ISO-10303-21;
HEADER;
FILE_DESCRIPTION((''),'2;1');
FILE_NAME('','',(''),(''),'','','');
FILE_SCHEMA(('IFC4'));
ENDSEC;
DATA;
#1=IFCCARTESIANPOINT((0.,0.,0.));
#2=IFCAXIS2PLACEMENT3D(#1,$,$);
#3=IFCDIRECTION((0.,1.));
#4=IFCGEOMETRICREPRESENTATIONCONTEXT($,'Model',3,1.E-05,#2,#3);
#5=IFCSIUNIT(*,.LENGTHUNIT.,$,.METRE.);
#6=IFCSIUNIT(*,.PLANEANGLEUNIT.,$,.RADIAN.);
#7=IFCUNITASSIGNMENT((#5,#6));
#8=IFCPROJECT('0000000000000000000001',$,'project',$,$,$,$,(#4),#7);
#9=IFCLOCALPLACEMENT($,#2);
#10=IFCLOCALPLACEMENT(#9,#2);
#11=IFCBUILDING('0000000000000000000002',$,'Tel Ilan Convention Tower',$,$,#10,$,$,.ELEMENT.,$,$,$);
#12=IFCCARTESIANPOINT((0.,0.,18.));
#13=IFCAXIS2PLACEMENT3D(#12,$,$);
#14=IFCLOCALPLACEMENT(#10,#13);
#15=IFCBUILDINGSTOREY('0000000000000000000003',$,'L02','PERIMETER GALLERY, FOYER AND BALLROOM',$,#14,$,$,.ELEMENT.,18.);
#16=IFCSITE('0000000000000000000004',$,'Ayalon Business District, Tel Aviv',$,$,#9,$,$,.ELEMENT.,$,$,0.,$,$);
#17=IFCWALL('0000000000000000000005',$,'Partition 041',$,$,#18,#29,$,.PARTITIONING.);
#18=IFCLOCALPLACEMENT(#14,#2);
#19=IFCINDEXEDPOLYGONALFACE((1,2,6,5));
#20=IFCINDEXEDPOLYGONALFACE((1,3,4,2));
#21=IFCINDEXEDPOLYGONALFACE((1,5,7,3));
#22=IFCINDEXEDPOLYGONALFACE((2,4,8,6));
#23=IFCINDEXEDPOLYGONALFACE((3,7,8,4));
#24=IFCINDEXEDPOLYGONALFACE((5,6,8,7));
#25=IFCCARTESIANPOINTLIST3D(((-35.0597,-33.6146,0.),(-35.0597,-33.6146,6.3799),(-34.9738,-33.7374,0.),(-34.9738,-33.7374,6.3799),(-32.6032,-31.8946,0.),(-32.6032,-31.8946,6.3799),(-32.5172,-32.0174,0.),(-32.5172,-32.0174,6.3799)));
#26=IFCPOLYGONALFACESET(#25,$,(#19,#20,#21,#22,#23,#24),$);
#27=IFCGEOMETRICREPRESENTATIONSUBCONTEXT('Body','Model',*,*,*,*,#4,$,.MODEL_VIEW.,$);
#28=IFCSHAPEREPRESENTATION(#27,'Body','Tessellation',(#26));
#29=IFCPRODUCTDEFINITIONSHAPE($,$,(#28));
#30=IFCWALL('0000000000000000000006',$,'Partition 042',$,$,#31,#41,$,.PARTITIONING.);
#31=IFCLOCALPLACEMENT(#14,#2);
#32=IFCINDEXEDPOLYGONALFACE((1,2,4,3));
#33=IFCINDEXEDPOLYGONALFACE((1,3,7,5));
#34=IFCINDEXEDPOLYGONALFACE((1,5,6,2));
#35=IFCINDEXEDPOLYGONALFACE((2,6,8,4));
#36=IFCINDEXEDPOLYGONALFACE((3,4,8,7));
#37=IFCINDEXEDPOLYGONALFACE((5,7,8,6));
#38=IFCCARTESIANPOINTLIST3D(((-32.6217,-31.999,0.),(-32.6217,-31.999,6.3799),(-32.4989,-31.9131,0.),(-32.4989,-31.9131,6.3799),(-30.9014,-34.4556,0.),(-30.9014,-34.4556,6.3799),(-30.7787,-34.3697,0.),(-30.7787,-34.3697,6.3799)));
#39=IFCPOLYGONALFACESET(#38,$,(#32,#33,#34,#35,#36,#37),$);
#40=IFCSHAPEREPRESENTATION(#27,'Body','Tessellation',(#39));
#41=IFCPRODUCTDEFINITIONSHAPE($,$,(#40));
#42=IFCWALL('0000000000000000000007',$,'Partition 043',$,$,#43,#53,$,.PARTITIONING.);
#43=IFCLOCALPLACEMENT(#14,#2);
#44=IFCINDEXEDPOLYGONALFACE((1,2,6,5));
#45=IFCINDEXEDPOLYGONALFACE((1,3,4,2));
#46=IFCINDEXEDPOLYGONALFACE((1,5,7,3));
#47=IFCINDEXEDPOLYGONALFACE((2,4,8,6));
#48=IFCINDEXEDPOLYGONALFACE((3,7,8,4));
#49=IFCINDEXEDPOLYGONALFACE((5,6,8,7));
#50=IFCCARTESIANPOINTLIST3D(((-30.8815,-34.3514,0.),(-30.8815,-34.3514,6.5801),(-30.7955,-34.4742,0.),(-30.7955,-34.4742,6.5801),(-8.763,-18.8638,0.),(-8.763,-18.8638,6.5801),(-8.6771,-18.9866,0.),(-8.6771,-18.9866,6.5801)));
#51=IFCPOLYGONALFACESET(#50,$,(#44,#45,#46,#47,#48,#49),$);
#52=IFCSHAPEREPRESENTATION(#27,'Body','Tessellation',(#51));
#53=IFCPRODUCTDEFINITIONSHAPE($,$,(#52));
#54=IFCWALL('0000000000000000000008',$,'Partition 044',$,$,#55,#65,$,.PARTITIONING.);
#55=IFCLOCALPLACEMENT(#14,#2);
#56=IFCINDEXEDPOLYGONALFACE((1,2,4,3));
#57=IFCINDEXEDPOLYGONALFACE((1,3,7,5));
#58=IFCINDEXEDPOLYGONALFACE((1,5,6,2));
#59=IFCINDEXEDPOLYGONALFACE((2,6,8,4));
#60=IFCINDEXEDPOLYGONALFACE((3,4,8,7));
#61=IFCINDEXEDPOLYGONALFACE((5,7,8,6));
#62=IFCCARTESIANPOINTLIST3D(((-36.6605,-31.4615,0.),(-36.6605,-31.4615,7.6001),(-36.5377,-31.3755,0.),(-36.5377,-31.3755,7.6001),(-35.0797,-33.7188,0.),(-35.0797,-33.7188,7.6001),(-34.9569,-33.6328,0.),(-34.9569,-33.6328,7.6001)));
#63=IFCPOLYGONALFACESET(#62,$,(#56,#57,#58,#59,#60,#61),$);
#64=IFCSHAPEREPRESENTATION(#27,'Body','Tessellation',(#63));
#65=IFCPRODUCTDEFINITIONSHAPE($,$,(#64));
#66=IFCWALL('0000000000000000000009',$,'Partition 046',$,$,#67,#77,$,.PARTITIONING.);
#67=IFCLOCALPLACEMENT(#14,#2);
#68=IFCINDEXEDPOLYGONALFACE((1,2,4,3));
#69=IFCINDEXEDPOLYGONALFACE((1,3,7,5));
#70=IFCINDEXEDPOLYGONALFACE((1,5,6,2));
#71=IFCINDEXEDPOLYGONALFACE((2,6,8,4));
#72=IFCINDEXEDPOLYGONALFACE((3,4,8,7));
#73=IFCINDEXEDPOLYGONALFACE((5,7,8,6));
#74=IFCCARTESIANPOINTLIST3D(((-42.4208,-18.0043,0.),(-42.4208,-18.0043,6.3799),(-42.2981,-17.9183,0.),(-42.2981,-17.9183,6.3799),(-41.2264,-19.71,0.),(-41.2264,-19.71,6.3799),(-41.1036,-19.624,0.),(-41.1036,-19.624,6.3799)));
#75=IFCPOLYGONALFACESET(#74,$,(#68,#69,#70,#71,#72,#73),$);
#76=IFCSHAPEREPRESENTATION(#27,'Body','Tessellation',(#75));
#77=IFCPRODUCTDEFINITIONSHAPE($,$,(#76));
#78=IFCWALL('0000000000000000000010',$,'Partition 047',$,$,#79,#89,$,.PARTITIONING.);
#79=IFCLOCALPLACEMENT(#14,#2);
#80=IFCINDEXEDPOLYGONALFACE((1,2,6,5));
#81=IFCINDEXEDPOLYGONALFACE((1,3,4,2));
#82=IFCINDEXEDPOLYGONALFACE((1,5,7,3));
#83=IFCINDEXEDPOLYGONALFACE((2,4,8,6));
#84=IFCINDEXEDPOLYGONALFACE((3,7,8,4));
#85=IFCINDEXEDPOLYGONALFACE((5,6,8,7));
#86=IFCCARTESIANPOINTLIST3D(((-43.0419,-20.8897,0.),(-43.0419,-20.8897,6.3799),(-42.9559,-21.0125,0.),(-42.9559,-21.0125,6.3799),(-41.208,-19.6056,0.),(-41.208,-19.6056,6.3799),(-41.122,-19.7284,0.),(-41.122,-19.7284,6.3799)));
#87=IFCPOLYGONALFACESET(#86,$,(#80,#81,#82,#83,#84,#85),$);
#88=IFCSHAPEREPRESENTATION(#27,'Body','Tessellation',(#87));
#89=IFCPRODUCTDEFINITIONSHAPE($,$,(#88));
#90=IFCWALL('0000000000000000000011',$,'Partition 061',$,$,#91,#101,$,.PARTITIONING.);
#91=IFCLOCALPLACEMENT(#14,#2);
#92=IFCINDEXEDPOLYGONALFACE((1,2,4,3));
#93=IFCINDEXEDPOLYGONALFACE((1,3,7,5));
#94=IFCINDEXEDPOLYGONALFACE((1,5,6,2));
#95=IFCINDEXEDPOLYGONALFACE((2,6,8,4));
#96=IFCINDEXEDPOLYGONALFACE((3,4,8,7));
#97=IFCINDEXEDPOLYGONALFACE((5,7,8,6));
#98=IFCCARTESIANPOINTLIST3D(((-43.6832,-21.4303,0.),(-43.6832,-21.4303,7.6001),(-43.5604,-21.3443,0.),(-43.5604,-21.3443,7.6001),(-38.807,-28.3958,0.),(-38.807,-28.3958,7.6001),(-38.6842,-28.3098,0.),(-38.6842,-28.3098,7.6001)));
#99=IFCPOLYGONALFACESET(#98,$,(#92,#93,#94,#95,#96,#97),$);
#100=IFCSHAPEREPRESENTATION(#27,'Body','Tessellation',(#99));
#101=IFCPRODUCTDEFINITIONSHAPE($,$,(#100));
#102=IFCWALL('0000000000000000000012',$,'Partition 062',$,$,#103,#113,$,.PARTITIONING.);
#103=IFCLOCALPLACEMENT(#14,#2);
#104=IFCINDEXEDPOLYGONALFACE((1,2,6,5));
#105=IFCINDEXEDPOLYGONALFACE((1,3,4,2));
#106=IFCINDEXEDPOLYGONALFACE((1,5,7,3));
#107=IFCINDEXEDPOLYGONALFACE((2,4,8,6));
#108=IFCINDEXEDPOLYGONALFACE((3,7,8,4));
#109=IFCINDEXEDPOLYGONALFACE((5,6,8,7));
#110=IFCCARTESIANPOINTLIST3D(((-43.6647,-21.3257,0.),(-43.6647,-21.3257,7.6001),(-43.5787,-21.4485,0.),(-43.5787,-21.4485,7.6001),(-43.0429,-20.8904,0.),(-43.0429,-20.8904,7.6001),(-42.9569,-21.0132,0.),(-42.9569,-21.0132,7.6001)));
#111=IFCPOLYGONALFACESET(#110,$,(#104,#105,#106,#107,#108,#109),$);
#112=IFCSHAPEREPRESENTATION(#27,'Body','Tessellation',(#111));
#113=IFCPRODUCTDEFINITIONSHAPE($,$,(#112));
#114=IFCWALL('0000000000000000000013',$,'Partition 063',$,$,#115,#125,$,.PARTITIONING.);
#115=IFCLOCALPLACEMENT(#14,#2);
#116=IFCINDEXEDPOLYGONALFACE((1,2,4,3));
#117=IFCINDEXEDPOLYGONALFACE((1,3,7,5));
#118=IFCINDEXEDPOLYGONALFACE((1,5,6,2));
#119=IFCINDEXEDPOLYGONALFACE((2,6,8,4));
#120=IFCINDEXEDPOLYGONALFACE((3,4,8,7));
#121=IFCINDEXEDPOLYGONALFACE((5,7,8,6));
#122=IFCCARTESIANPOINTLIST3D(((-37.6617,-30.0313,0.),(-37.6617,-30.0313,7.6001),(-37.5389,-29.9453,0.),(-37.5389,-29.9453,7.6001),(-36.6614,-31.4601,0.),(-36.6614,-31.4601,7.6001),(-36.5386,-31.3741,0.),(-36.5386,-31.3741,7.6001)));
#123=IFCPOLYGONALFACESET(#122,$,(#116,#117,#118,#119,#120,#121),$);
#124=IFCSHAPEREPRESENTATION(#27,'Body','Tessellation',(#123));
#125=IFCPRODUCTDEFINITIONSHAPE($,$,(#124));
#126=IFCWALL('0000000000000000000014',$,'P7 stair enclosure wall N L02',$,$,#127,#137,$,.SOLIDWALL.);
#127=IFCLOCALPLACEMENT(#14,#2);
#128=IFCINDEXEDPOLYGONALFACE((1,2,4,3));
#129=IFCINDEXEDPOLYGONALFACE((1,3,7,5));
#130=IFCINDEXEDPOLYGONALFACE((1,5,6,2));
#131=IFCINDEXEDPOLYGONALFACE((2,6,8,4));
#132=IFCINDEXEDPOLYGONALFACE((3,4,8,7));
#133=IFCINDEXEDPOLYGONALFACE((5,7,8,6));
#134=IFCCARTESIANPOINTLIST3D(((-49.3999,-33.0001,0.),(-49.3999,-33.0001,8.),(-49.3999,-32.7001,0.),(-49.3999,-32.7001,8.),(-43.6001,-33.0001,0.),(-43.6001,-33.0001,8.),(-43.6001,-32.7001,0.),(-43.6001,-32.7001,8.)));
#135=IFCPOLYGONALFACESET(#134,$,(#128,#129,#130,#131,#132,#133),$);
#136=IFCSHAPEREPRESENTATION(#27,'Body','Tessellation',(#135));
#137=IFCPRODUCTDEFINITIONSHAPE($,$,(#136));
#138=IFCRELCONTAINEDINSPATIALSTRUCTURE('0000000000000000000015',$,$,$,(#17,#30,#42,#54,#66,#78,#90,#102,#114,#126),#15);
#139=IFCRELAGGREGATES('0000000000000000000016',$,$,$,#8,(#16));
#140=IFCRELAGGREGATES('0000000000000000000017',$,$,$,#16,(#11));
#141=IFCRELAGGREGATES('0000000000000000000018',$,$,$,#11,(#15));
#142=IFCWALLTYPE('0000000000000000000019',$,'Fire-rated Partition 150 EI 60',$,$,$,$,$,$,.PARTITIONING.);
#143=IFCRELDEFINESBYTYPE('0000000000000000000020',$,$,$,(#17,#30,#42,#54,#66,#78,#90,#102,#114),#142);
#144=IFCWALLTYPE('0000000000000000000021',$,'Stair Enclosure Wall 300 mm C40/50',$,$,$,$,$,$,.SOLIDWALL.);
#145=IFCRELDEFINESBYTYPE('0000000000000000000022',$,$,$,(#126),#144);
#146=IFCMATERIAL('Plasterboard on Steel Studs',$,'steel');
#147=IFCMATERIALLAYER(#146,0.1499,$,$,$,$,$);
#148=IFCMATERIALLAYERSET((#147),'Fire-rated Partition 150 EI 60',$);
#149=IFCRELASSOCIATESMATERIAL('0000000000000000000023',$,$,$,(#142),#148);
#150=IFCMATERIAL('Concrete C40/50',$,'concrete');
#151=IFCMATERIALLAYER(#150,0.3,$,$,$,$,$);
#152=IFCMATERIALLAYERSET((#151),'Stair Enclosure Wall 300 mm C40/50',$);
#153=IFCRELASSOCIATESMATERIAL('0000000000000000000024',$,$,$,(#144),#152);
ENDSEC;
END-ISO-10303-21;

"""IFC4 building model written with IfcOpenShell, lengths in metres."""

from ifc_helpers import new_model, si_unit, direction, frame, frame_2d, origin, place, context, subcontext, project, spatial, rectangle, extrude, material, layer, layer_set, type_object, element, save


model = new_model("IFC4")

# Units and contexts
model_context = context("Model", 3, precision=1e-05, world=origin(), true_north=direction((0.0, 1.0)))
body_context = subcontext(model_context, "Body", "Model", "MODEL_VIEW")
ifc_project = project(units=[si_unit("LENGTHUNIT", "METRE"), si_unit("PLANEANGLEUNIT", "RADIAN")], contexts=[model_context])

# Site, building, storey
site_placement = place(None, origin())
site = spatial("IfcSite", under=ifc_project, at=site_placement, Name="Ayalon Business District, Tel Aviv", CompositionType="ELEMENT", RefElevation=0.0)
building_placement = place(site_placement, origin())
building = spatial("IfcBuilding", under=site, at=building_placement, Name="Tel Ilan Convention Tower", CompositionType="ELEMENT")
storey_placement = place(building_placement, frame((0.0, 0.0, 18.0)))
storey = spatial("IfcBuildingStorey", under=building, at=storey_placement, Name="L02", Description="PERIMETER GALLERY, FOYER AND BALLROOM", CompositionType="ELEMENT", Elevation=18.0)

# Shared definitions
ifc_material_1 = material(Name="Plasterboard on Steel Studs", Category="steel")
ifc_layer_1 = layer(ifc_material_1, 0.1499)
ifc_layer_set_1 = layer_set([ifc_layer_1], Name="Fire-rated Partition 150 EI 60")
wall_type_1 = type_object("IfcWallType", Name="Fire-rated Partition 150 EI 60", PredefinedType="PARTITIONING", material=ifc_layer_set_1)

# Walls
wall_1_placement = place(storey_placement, frame((-35.0168, -33.676, 0.0), z_axis=(0.0, 0.0, 1.0), x_axis=(0.819171, 0.57355, 0.0)))
element("IfcWall", 1, at=wall_1_placement, inside=storey, type_object=wall_type_1, Name="Partition 041", PredefinedType="PARTITIONING", context=body_context, shape_type="SweptSolid", body=[
    extrude(rectangle(XDim=2.9988, YDim=0.1499, at=frame_2d((1.4995, 0.0))), origin(), (0.0, 0.0, 1.0), 6.3799),
])
wall_2_placement = place(storey_placement, frame((-32.5603, -31.9561, 0.0), z_axis=(0.0, 0.0, 1.0), x_axis=(0.573604, -0.819132, 0.0)))
element("IfcWall", 2, at=wall_2_placement, inside=storey, type_object=wall_type_1, Name="Partition 042", PredefinedType="PARTITIONING", context=body_context, shape_type="SweptSolid", body=[
    extrude(rectangle(XDim=2.999, YDim=0.1499, at=frame_2d((1.4995, 0.0))), origin(), (0.0, 0.0, 1.0), 6.3799),
])
wall_3_placement = place(storey_placement, frame((-30.8386, -34.4128, 0.0), z_axis=(0.0, 0.0, 1.0), x_axis=(0.819151, 0.573578, 0.0)))
element("IfcWall", 3, at=wall_3_placement, inside=storey, type_object=wall_type_1, Name="Partition 043", PredefinedType="PARTITIONING", context=body_context, shape_type="SweptSolid", body=[
    extrude(rectangle(XDim=27.0017, YDim=0.1499, at=frame_2d((13.501, 0.0))), origin(), (0.0, 0.0, 1.0), 6.5801),
])
wall_4_placement = place(storey_placement, frame((-36.5991, -31.4185, 0.0), z_axis=(0.0, 0.0, 1.0), x_axis=(0.573629, -0.819115, 0.0)))
element("IfcWall", 4, at=wall_4_placement, inside=storey, type_object=wall_type_1, Name="Partition 044", PredefinedType="PARTITIONING", context=body_context, shape_type="SweptSolid", body=[
    extrude(rectangle(XDim=2.7559, YDim=0.1499, at=frame_2d((1.3779, 0.0))), origin(), (0.0, 0.0, 1.0), 7.6001),
])
wall_5_placement = place(storey_placement, frame((-42.3594, -17.9614, 0.0), z_axis=(0.0, 0.0, 1.0), x_axis=(0.573604, -0.819133, 0.0)))
element("IfcWall", 5, at=wall_5_placement, inside=storey, type_object=wall_type_1, Name="Partition 046", PredefinedType="PARTITIONING", context=body_context, shape_type="SweptSolid", body=[
    extrude(rectangle(XDim=2.0823, YDim=0.1499, at=frame_2d((1.041, 0.0))), origin(), (0.0, 0.0, 1.0), 6.3799),
])
wall_6_placement = place(storey_placement, frame((-41.165, -19.667, 0.0), z_axis=(0.0, 0.0, 1.0), x_axis=(-0.81915, -0.573579, 0.0)))
element("IfcWall", 6, at=wall_6_placement, inside=storey, type_object=wall_type_1, Name="Partition 047", PredefinedType="PARTITIONING", context=body_context, shape_type="SweptSolid", body=[
    extrude(rectangle(XDim=2.2388, YDim=0.1499, at=frame_2d((1.1194, 0.0))), origin(), (0.0, 0.0, 1.0), 6.3799),
])
wall_7_placement = place(storey_placement, frame((-43.6218, -21.3872, 0.0), z_axis=(0.0, 0.0, 1.0), x_axis=(0.573487, -0.819214, 0.0)))
element("IfcWall", 7, at=wall_7_placement, inside=storey, type_object=wall_type_1, Name="Partition 061", PredefinedType="PARTITIONING", context=body_context, shape_type="SweptSolid", body=[
    extrude(rectangle(XDim=8.5027, YDim=0.1499, at=frame_2d((4.2515, 0.0))), origin(), (0.0, 0.0, 1.0), 7.6001),
])
wall_8_placement = place(storey_placement, frame((-43.0, -20.9519, 0.0), z_axis=(0.0, 0.0, 1.0), x_axis=(-0.819217, -0.573484, 0.0)))
element("IfcWall", 8, at=wall_8_placement, inside=storey, type_object=wall_type_1, Name="Partition 062", PredefinedType="PARTITIONING", context=body_context, shape_type="SweptSolid", body=[
    extrude(rectangle(XDim=0.759, YDim=0.1499, at=frame_2d((0.3794, 0.0))), origin(), (0.0, 0.0, 1.0), 7.6001),
])
wall_9_placement = place(storey_placement, frame((-37.6003, -29.9883, 0.0), z_axis=(0.0, 0.0, 1.0), x_axis=(0.573519, -0.819192, 0.0)))
element("IfcWall", 9, at=wall_9_placement, inside=storey, type_object=wall_type_1, Name="Partition 063", PredefinedType="PARTITIONING", context=body_context, shape_type="SweptSolid", body=[
    extrude(rectangle(XDim=1.7441, YDim=0.1499, at=frame_2d((0.8721, 0.0))), origin(), (0.0, 0.0, 1.0), 7.6001),
])
ifc_material_2 = material(Name="Concrete C40/50", Category="concrete")
ifc_layer_2 = layer(ifc_material_2, 0.3)
ifc_layer_set_2 = layer_set([ifc_layer_2], Name="Stair Enclosure Wall 300 mm C40/50")
wall_type_2 = type_object("IfcWallType", Name="Stair Enclosure Wall 300 mm C40/50", PredefinedType="SOLIDWALL", material=ifc_layer_set_2)
wall_10_placement = place(storey_placement, frame((-49.3999, -32.8501, 0.0), z_axis=(0.0, 0.0, 1.0), x_axis=(1.0, 0.0, 0.0)))
element("IfcWall", 10, at=wall_10_placement, inside=storey, type_object=wall_type_2, Name="P7 stair enclosure wall N L02", PredefinedType="SOLIDWALL", context=body_context, shape_type="SweptSolid", body=[
    extrude(rectangle(XDim=5.7998, YDim=0.3, at=frame_2d((2.8999, 0.0))), origin(), (0.0, 0.0, 1.0), 8.0),
])

save(model, "model.ifc")
